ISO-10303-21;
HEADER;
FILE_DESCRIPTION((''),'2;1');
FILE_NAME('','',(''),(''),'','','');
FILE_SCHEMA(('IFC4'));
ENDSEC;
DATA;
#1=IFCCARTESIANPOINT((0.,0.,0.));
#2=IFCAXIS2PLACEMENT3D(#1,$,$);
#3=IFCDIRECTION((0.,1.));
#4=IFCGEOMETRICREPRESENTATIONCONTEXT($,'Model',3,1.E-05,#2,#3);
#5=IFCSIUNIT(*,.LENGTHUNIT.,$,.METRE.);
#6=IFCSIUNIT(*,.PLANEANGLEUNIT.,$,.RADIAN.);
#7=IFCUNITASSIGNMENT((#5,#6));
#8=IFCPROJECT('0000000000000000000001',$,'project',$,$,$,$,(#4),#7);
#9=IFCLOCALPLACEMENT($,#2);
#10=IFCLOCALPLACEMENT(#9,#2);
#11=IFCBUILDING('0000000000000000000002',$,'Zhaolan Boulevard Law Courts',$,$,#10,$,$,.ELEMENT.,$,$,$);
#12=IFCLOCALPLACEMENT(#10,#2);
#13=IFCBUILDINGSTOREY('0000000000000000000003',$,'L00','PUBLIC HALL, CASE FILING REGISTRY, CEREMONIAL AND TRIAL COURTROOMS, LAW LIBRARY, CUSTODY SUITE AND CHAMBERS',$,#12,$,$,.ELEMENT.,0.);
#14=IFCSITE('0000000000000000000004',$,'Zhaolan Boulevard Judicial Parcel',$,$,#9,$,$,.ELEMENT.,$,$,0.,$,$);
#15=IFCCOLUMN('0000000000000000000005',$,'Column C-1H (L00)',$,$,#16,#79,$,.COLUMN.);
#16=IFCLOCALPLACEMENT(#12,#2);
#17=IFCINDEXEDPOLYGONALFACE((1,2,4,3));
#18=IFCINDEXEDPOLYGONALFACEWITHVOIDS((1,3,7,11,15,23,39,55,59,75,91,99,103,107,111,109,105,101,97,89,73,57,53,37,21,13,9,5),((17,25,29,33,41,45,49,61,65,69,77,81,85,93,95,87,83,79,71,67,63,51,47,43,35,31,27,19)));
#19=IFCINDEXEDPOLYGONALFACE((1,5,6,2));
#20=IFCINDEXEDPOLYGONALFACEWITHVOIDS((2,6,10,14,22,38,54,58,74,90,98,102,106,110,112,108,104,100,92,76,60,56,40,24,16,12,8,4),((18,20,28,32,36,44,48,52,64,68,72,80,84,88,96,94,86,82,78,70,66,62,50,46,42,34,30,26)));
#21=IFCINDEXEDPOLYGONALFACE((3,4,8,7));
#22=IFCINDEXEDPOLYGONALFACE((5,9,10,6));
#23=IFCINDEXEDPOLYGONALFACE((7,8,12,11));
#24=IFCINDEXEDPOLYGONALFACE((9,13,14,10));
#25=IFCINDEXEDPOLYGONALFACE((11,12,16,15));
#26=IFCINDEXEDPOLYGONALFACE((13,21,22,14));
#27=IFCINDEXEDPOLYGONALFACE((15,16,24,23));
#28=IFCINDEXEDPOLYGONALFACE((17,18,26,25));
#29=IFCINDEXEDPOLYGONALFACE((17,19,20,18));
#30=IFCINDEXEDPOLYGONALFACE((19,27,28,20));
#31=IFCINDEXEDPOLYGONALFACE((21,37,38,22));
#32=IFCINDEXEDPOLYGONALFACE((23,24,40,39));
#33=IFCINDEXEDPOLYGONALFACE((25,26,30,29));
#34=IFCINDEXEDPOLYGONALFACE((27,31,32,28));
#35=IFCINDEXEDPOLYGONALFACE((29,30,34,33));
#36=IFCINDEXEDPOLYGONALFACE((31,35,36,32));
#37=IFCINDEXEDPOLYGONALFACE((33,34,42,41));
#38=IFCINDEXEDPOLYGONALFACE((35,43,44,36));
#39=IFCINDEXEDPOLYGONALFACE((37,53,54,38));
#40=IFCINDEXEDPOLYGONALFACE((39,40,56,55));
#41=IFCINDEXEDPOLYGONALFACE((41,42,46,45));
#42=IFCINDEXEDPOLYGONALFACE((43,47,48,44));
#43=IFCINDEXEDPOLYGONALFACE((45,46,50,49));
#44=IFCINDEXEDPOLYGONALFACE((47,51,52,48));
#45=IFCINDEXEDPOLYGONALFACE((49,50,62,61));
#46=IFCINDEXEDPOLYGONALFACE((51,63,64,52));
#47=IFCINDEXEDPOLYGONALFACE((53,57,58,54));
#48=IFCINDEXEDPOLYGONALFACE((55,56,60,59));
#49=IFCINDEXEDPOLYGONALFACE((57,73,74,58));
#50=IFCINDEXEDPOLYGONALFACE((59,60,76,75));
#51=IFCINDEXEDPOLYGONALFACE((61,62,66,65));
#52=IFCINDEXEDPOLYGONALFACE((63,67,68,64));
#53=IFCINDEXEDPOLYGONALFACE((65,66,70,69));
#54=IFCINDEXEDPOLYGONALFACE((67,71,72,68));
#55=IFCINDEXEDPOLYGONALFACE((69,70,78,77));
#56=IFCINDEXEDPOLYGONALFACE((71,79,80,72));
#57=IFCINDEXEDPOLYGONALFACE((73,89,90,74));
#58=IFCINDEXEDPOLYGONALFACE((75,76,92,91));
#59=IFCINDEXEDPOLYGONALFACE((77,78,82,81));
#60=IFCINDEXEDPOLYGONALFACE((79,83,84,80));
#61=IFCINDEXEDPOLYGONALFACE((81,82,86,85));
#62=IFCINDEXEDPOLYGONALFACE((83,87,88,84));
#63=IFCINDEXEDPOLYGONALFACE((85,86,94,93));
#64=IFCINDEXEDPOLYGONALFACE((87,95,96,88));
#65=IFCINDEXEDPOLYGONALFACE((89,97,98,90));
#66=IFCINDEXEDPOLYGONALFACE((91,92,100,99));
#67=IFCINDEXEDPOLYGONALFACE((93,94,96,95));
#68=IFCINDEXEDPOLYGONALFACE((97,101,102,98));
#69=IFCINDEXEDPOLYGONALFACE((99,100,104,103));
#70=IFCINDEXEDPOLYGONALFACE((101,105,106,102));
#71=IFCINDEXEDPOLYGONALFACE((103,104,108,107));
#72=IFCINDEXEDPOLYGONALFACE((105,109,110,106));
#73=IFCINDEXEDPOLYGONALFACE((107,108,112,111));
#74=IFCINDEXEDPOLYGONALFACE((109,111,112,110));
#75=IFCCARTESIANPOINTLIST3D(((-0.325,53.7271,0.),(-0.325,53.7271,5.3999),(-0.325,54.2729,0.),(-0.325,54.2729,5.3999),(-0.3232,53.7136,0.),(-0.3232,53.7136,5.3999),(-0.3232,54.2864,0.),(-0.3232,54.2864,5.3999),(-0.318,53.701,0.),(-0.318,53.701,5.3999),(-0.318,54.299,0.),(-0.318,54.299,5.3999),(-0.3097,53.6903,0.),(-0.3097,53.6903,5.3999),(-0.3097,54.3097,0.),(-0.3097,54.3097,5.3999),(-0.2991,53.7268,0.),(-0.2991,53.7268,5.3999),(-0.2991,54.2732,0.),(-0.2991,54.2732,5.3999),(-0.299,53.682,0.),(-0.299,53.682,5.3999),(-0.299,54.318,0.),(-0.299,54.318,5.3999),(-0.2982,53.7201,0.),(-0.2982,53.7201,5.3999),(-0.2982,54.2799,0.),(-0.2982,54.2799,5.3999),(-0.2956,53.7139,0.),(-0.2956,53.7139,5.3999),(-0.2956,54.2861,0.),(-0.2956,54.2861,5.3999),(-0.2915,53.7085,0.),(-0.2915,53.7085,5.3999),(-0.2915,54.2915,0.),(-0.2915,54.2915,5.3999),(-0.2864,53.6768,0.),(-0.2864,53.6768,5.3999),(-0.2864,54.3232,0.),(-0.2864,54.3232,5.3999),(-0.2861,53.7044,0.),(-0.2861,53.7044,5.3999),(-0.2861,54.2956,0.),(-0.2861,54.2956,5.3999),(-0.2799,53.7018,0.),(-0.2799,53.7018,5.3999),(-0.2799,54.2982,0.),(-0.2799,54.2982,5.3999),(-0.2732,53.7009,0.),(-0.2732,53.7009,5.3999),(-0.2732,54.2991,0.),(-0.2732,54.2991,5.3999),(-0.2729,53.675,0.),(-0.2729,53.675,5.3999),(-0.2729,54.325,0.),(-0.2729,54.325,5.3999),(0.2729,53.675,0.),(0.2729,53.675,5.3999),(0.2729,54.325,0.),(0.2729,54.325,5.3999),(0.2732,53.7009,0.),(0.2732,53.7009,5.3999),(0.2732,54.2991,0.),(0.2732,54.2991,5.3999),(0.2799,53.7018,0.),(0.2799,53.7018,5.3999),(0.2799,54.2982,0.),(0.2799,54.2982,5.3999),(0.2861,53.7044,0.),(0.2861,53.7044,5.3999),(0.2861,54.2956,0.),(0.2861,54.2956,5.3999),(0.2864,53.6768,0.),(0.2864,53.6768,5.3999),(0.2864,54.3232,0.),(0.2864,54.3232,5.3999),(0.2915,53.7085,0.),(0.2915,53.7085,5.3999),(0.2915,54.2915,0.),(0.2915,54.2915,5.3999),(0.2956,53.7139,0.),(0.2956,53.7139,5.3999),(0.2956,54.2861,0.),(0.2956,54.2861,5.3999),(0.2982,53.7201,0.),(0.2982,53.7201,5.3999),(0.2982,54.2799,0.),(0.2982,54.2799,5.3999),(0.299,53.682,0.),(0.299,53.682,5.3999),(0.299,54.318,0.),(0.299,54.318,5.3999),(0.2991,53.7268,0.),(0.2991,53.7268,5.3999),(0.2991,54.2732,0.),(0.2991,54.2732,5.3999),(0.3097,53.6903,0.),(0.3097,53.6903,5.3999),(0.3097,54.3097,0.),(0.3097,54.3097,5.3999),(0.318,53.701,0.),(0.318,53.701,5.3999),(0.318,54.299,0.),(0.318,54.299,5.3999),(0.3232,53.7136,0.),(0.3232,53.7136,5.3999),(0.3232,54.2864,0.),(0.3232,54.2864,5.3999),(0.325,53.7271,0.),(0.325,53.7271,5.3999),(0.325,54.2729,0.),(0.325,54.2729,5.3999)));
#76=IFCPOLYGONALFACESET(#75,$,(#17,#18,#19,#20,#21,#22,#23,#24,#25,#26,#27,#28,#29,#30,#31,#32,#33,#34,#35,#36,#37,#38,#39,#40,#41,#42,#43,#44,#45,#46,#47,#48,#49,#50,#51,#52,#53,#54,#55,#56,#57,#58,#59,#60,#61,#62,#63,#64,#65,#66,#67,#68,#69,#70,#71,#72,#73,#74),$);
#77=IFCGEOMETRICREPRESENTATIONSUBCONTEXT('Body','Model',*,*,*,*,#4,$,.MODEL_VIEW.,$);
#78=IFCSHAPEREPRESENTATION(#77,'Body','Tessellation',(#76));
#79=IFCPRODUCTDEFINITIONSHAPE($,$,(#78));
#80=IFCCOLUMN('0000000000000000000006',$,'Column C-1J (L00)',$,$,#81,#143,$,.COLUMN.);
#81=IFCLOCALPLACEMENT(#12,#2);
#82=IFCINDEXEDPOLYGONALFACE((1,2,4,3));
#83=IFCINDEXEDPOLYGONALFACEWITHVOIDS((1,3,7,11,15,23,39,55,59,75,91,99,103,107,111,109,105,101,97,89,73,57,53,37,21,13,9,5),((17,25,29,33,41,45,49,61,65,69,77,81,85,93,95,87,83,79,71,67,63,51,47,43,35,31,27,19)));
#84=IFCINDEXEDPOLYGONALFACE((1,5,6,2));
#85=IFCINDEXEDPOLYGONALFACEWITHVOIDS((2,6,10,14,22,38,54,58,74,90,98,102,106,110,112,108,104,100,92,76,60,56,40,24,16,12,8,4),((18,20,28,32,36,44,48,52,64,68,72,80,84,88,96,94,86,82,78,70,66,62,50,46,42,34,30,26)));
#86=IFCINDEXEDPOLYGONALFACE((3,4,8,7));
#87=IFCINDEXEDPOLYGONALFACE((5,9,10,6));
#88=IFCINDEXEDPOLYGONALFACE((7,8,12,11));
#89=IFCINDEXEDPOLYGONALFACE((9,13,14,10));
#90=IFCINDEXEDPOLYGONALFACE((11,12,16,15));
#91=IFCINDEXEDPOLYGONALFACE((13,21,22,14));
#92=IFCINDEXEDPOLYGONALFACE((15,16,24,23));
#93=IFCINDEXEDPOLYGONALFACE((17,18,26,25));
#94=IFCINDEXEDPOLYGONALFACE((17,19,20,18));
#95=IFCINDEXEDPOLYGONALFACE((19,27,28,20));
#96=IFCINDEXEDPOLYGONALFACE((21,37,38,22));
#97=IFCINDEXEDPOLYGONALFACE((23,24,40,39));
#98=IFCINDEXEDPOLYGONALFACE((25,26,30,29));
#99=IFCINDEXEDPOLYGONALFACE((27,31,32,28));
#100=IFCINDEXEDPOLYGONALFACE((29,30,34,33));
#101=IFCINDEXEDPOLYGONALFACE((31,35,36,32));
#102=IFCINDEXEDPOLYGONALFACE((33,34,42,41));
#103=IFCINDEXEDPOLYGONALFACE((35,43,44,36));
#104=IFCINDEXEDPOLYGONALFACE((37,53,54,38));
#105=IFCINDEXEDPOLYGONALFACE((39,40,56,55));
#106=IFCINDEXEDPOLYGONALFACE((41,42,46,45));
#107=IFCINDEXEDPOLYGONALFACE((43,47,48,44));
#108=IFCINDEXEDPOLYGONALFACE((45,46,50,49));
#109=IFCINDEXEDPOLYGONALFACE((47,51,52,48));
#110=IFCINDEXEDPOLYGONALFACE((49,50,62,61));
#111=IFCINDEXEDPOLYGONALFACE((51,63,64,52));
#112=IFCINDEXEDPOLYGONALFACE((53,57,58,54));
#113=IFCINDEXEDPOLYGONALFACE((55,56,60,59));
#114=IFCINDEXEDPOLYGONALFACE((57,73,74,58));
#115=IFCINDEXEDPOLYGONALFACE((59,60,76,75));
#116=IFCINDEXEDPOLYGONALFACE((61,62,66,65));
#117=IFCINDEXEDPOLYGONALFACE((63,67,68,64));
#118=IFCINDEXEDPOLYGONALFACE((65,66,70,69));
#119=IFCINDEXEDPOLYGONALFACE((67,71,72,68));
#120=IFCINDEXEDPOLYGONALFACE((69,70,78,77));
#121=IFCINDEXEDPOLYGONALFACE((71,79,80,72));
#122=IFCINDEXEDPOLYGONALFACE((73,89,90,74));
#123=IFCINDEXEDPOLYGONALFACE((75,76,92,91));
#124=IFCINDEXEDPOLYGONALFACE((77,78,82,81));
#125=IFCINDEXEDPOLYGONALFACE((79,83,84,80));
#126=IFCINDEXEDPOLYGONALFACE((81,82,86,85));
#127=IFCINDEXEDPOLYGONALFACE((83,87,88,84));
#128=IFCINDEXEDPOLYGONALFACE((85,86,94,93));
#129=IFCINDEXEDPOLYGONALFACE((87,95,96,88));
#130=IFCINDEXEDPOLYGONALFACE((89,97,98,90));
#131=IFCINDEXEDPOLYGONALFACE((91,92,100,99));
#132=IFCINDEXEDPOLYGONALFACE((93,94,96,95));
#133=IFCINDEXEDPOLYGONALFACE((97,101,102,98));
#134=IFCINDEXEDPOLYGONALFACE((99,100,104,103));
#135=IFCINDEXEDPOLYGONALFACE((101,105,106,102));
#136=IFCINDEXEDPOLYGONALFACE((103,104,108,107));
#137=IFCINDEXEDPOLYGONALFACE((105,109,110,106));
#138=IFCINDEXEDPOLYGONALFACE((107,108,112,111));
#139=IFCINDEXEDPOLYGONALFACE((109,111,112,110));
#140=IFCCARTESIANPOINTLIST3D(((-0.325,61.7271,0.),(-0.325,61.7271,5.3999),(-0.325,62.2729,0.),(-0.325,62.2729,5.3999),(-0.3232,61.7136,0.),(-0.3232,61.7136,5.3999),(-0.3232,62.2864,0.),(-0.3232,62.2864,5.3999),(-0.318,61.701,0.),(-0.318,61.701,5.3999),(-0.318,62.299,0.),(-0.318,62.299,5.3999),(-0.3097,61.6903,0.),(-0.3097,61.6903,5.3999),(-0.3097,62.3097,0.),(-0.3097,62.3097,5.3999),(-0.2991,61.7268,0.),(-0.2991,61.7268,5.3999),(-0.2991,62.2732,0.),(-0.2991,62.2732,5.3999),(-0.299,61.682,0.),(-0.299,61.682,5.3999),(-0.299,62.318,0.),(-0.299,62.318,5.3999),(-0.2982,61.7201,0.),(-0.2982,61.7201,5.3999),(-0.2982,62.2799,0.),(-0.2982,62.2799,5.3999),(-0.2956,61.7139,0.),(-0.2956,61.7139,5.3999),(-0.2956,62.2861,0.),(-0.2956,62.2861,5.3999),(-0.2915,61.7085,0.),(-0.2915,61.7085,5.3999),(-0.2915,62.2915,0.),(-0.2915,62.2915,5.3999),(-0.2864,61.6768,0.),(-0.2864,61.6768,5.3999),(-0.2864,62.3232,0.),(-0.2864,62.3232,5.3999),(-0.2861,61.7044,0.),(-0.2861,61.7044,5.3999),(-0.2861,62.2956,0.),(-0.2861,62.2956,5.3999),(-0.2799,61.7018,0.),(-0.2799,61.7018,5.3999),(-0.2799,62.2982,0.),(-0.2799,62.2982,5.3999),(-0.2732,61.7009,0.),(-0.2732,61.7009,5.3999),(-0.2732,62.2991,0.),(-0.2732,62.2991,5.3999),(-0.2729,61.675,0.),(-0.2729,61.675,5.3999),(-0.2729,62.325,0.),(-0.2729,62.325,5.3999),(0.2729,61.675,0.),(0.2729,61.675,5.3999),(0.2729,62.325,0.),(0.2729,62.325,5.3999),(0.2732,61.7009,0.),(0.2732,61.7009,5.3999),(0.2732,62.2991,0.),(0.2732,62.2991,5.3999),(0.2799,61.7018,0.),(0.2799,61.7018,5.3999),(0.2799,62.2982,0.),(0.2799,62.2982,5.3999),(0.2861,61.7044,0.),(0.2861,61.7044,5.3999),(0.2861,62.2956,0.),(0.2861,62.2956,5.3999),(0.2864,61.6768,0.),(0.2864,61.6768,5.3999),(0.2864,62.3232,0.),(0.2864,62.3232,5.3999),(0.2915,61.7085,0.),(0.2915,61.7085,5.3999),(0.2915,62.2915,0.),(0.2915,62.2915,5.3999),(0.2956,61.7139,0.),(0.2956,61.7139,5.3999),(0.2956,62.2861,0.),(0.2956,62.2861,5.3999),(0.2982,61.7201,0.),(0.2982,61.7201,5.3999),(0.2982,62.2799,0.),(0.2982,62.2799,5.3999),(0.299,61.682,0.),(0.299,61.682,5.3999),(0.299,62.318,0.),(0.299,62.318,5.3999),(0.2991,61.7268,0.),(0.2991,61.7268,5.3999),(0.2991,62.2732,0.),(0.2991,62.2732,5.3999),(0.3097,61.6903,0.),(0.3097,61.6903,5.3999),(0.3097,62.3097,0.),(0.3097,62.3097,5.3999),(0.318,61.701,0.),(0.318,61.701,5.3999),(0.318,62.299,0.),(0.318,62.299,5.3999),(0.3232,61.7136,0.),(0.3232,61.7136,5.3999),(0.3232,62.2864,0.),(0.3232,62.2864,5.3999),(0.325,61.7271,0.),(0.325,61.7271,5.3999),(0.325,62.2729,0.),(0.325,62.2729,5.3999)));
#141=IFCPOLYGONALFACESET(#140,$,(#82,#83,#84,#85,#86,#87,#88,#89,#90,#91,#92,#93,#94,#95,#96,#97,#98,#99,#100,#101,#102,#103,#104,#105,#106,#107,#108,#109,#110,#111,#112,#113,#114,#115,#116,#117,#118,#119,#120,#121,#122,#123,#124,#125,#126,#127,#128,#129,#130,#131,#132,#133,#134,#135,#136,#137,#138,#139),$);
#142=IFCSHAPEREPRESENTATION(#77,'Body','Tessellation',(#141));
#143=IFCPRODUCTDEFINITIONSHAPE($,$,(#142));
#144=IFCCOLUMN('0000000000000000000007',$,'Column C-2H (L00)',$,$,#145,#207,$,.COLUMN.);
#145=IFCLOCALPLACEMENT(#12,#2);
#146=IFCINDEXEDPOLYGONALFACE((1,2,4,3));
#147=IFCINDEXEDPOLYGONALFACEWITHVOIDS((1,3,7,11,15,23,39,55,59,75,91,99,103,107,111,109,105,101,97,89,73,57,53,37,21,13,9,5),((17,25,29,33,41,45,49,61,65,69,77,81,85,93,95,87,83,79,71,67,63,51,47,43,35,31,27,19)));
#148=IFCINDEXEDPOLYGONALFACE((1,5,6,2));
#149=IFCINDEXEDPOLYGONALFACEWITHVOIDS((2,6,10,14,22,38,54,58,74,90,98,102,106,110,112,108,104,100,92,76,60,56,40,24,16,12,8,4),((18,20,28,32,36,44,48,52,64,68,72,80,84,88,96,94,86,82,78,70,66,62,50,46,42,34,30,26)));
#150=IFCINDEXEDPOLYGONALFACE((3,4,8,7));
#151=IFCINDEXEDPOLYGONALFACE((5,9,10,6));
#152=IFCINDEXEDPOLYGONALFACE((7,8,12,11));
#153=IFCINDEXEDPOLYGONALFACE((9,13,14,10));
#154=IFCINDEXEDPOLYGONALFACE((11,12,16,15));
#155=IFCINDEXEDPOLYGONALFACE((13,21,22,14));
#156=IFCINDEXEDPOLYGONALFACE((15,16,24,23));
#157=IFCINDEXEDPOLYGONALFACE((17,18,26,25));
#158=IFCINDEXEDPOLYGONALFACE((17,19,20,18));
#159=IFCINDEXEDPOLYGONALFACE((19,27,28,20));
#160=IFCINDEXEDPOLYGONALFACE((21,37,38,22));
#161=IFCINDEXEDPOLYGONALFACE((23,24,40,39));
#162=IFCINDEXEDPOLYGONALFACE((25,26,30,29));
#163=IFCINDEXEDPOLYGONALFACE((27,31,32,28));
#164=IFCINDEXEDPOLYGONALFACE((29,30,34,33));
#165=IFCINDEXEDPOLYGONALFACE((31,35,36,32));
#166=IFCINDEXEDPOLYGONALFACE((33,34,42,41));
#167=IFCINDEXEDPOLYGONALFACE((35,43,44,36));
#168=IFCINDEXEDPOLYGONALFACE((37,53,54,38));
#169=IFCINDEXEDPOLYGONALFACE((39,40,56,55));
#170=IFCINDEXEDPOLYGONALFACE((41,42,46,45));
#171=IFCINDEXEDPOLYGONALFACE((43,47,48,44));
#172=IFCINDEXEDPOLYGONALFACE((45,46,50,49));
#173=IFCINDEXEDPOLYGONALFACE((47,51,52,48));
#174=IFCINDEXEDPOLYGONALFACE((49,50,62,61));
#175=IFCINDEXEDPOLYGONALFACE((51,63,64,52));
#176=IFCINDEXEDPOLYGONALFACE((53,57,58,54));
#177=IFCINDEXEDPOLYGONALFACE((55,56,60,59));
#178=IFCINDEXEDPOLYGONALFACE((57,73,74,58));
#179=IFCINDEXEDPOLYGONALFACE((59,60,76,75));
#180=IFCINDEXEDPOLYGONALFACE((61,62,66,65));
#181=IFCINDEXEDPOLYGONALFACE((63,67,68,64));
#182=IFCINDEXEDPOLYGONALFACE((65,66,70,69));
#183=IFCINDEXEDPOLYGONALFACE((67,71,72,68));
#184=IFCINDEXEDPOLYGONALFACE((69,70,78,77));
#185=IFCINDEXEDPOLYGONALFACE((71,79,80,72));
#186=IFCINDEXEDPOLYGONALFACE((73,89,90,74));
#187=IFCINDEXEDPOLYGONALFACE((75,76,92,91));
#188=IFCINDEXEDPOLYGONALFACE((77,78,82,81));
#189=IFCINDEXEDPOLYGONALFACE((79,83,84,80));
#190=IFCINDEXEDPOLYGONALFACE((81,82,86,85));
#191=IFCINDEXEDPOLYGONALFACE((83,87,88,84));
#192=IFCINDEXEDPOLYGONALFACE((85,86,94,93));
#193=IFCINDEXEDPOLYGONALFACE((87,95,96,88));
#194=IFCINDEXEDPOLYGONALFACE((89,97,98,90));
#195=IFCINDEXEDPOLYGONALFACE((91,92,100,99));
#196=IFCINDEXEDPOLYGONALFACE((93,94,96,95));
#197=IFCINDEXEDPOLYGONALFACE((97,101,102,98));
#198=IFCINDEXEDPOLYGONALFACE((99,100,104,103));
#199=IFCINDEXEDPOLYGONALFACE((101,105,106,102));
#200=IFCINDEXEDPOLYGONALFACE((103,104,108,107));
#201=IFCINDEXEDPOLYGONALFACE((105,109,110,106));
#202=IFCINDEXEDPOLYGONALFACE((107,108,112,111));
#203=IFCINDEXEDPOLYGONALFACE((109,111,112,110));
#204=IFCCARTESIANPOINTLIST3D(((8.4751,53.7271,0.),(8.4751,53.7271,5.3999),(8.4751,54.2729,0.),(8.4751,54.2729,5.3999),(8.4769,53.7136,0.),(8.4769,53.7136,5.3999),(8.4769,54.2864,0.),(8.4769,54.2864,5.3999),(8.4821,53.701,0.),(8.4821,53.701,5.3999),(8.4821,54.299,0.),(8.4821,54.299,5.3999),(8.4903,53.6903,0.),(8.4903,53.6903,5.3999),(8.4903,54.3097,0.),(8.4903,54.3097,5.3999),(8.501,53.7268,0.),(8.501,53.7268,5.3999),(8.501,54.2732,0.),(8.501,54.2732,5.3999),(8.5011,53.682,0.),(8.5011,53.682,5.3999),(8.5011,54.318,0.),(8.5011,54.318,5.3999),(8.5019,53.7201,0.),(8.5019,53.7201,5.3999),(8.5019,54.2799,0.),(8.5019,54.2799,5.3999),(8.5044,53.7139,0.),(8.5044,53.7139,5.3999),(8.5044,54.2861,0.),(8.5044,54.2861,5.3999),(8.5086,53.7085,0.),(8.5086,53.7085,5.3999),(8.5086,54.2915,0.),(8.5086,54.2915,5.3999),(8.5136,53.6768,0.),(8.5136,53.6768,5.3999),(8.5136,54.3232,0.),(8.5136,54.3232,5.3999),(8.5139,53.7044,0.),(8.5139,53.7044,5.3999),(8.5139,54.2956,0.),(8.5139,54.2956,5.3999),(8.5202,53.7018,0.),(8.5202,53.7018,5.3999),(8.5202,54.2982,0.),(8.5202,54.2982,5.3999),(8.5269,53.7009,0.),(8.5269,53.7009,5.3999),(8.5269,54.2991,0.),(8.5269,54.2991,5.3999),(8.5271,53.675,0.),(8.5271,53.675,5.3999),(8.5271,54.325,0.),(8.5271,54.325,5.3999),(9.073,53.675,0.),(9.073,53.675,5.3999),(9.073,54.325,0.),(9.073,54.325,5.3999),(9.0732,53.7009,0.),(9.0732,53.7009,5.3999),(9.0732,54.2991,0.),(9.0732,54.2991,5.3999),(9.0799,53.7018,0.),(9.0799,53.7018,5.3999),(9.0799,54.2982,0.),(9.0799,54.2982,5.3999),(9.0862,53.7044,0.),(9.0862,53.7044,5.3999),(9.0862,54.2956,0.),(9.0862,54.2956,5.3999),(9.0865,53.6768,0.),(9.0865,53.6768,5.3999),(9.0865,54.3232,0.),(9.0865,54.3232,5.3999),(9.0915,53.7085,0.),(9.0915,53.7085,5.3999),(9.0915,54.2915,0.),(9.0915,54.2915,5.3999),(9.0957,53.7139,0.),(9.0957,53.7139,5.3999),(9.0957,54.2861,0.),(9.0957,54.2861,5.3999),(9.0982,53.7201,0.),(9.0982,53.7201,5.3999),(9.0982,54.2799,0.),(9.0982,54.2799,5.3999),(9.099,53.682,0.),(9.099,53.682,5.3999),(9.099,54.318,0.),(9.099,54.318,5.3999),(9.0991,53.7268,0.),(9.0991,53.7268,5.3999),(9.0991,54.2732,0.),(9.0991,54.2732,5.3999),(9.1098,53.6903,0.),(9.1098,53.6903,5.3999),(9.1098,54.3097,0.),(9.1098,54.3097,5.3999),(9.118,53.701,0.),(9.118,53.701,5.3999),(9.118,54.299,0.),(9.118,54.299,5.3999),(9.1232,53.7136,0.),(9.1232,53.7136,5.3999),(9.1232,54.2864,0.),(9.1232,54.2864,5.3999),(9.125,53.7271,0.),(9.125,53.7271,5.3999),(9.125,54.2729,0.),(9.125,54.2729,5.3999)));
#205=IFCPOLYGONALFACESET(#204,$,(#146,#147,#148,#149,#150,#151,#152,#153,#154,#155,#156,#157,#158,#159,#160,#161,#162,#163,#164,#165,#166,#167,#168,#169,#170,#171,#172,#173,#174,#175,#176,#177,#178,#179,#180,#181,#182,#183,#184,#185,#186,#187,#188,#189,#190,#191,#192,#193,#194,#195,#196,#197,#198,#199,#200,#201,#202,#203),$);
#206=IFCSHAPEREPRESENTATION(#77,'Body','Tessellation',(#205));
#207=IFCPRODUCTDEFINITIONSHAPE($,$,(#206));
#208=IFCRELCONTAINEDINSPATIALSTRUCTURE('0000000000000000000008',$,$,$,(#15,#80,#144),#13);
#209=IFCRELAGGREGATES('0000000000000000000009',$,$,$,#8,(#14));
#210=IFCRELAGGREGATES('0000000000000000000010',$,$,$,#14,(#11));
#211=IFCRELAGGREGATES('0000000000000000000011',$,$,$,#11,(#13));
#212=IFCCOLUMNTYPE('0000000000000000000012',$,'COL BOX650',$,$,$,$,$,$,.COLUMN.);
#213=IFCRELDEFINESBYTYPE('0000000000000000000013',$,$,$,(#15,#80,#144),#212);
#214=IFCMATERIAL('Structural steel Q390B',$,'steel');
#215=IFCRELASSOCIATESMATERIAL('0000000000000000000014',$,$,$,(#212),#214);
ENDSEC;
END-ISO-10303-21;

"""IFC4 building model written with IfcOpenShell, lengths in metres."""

from ifc_helpers import new_model, si_unit, direction, frame, origin, origin_2d, place, context, subcontext, project, spatial, hollow_rectangle, extrude, material, material_profile, profile_set, type_object, element, save


model = new_model("IFC4")

# Units and contexts
model_context = context("Model", 3, precision=1e-05, world=origin(), true_north=direction((0.0, 1.0)))
body_context = subcontext(model_context, "Body", "Model", "MODEL_VIEW")
ifc_project = project(units=[si_unit("LENGTHUNIT", "METRE"), si_unit("PLANEANGLEUNIT", "RADIAN")], contexts=[model_context])

# Site, building, storey
site_placement = place(None, origin())
site = spatial("IfcSite", under=ifc_project, at=site_placement, Name="Zhaolan Boulevard Judicial Parcel", CompositionType="ELEMENT", RefElevation=0.0)
building_placement = place(site_placement, origin())
building = spatial("IfcBuilding", under=site, at=building_placement, Name="Zhaolan Boulevard Law Courts", CompositionType="ELEMENT")
storey_placement = place(building_placement, origin())
storey = spatial("IfcBuildingStorey", under=building, at=storey_placement, Name="L00", Description="PUBLIC HALL, CASE FILING REGISTRY, CEREMONIAL AND TRIAL COURTROOMS, LAW LIBRARY, CUSTODY SUITE AND CHAMBERS", CompositionType="ELEMENT", Elevation=0.0)

# Columns
ifc_material_1 = material(Name="Structural steel Q390B", Category="steel")
ifc_material_profile_1 = material_profile(ifc_material_1, hollow_rectangle(XDim=0.6499, YDim=0.6499, WallThickness=0.0259, InnerFilletRadius=0.0259, OuterFilletRadius=0.052, at=origin_2d()), Name="BOX650x650x26")
ifc_profile_set_1 = profile_set([ifc_material_profile_1], Name="Structural steel Q390B")
column_type = type_object("IfcColumnType", Name="COL BOX650", PredefinedType="COLUMN", material=ifc_profile_set_1)
for number, where, z_axis, x_axis, name in (
    (1, (0.0, 54.0, 0.0), (0.0, 0.0, 1.0), (1.0, 0.0, 0.0), "Column C-1H (L00)"),
    (2, (0.0, 62.0, 0.0), (0.0, 0.0, 1.0), (1.0, 0.0, 0.0), "Column C-1J (L00)"),
    (3, (8.8, 54.0, 0.0), (0.0, 0.0, 1.0), (1.0, 0.0, 0.0), "Column C-2H (L00)"),
):
    element("IfcColumn", number, at=place(storey_placement, frame(where, z_axis=z_axis, x_axis=x_axis)), inside=storey, type_object=column_type, Name=name, PredefinedType="COLUMN", context=body_context, shape_type="SweptSolid", body=[
        extrude(hollow_rectangle(XDim=0.6499, YDim=0.6499, WallThickness=0.0259, InnerFilletRadius=0.0259, OuterFilletRadius=0.052, at=origin_2d()), origin(), (0.0, 0.0, 1.0), 5.3999),
    ])

save(model, "model.ifc")
